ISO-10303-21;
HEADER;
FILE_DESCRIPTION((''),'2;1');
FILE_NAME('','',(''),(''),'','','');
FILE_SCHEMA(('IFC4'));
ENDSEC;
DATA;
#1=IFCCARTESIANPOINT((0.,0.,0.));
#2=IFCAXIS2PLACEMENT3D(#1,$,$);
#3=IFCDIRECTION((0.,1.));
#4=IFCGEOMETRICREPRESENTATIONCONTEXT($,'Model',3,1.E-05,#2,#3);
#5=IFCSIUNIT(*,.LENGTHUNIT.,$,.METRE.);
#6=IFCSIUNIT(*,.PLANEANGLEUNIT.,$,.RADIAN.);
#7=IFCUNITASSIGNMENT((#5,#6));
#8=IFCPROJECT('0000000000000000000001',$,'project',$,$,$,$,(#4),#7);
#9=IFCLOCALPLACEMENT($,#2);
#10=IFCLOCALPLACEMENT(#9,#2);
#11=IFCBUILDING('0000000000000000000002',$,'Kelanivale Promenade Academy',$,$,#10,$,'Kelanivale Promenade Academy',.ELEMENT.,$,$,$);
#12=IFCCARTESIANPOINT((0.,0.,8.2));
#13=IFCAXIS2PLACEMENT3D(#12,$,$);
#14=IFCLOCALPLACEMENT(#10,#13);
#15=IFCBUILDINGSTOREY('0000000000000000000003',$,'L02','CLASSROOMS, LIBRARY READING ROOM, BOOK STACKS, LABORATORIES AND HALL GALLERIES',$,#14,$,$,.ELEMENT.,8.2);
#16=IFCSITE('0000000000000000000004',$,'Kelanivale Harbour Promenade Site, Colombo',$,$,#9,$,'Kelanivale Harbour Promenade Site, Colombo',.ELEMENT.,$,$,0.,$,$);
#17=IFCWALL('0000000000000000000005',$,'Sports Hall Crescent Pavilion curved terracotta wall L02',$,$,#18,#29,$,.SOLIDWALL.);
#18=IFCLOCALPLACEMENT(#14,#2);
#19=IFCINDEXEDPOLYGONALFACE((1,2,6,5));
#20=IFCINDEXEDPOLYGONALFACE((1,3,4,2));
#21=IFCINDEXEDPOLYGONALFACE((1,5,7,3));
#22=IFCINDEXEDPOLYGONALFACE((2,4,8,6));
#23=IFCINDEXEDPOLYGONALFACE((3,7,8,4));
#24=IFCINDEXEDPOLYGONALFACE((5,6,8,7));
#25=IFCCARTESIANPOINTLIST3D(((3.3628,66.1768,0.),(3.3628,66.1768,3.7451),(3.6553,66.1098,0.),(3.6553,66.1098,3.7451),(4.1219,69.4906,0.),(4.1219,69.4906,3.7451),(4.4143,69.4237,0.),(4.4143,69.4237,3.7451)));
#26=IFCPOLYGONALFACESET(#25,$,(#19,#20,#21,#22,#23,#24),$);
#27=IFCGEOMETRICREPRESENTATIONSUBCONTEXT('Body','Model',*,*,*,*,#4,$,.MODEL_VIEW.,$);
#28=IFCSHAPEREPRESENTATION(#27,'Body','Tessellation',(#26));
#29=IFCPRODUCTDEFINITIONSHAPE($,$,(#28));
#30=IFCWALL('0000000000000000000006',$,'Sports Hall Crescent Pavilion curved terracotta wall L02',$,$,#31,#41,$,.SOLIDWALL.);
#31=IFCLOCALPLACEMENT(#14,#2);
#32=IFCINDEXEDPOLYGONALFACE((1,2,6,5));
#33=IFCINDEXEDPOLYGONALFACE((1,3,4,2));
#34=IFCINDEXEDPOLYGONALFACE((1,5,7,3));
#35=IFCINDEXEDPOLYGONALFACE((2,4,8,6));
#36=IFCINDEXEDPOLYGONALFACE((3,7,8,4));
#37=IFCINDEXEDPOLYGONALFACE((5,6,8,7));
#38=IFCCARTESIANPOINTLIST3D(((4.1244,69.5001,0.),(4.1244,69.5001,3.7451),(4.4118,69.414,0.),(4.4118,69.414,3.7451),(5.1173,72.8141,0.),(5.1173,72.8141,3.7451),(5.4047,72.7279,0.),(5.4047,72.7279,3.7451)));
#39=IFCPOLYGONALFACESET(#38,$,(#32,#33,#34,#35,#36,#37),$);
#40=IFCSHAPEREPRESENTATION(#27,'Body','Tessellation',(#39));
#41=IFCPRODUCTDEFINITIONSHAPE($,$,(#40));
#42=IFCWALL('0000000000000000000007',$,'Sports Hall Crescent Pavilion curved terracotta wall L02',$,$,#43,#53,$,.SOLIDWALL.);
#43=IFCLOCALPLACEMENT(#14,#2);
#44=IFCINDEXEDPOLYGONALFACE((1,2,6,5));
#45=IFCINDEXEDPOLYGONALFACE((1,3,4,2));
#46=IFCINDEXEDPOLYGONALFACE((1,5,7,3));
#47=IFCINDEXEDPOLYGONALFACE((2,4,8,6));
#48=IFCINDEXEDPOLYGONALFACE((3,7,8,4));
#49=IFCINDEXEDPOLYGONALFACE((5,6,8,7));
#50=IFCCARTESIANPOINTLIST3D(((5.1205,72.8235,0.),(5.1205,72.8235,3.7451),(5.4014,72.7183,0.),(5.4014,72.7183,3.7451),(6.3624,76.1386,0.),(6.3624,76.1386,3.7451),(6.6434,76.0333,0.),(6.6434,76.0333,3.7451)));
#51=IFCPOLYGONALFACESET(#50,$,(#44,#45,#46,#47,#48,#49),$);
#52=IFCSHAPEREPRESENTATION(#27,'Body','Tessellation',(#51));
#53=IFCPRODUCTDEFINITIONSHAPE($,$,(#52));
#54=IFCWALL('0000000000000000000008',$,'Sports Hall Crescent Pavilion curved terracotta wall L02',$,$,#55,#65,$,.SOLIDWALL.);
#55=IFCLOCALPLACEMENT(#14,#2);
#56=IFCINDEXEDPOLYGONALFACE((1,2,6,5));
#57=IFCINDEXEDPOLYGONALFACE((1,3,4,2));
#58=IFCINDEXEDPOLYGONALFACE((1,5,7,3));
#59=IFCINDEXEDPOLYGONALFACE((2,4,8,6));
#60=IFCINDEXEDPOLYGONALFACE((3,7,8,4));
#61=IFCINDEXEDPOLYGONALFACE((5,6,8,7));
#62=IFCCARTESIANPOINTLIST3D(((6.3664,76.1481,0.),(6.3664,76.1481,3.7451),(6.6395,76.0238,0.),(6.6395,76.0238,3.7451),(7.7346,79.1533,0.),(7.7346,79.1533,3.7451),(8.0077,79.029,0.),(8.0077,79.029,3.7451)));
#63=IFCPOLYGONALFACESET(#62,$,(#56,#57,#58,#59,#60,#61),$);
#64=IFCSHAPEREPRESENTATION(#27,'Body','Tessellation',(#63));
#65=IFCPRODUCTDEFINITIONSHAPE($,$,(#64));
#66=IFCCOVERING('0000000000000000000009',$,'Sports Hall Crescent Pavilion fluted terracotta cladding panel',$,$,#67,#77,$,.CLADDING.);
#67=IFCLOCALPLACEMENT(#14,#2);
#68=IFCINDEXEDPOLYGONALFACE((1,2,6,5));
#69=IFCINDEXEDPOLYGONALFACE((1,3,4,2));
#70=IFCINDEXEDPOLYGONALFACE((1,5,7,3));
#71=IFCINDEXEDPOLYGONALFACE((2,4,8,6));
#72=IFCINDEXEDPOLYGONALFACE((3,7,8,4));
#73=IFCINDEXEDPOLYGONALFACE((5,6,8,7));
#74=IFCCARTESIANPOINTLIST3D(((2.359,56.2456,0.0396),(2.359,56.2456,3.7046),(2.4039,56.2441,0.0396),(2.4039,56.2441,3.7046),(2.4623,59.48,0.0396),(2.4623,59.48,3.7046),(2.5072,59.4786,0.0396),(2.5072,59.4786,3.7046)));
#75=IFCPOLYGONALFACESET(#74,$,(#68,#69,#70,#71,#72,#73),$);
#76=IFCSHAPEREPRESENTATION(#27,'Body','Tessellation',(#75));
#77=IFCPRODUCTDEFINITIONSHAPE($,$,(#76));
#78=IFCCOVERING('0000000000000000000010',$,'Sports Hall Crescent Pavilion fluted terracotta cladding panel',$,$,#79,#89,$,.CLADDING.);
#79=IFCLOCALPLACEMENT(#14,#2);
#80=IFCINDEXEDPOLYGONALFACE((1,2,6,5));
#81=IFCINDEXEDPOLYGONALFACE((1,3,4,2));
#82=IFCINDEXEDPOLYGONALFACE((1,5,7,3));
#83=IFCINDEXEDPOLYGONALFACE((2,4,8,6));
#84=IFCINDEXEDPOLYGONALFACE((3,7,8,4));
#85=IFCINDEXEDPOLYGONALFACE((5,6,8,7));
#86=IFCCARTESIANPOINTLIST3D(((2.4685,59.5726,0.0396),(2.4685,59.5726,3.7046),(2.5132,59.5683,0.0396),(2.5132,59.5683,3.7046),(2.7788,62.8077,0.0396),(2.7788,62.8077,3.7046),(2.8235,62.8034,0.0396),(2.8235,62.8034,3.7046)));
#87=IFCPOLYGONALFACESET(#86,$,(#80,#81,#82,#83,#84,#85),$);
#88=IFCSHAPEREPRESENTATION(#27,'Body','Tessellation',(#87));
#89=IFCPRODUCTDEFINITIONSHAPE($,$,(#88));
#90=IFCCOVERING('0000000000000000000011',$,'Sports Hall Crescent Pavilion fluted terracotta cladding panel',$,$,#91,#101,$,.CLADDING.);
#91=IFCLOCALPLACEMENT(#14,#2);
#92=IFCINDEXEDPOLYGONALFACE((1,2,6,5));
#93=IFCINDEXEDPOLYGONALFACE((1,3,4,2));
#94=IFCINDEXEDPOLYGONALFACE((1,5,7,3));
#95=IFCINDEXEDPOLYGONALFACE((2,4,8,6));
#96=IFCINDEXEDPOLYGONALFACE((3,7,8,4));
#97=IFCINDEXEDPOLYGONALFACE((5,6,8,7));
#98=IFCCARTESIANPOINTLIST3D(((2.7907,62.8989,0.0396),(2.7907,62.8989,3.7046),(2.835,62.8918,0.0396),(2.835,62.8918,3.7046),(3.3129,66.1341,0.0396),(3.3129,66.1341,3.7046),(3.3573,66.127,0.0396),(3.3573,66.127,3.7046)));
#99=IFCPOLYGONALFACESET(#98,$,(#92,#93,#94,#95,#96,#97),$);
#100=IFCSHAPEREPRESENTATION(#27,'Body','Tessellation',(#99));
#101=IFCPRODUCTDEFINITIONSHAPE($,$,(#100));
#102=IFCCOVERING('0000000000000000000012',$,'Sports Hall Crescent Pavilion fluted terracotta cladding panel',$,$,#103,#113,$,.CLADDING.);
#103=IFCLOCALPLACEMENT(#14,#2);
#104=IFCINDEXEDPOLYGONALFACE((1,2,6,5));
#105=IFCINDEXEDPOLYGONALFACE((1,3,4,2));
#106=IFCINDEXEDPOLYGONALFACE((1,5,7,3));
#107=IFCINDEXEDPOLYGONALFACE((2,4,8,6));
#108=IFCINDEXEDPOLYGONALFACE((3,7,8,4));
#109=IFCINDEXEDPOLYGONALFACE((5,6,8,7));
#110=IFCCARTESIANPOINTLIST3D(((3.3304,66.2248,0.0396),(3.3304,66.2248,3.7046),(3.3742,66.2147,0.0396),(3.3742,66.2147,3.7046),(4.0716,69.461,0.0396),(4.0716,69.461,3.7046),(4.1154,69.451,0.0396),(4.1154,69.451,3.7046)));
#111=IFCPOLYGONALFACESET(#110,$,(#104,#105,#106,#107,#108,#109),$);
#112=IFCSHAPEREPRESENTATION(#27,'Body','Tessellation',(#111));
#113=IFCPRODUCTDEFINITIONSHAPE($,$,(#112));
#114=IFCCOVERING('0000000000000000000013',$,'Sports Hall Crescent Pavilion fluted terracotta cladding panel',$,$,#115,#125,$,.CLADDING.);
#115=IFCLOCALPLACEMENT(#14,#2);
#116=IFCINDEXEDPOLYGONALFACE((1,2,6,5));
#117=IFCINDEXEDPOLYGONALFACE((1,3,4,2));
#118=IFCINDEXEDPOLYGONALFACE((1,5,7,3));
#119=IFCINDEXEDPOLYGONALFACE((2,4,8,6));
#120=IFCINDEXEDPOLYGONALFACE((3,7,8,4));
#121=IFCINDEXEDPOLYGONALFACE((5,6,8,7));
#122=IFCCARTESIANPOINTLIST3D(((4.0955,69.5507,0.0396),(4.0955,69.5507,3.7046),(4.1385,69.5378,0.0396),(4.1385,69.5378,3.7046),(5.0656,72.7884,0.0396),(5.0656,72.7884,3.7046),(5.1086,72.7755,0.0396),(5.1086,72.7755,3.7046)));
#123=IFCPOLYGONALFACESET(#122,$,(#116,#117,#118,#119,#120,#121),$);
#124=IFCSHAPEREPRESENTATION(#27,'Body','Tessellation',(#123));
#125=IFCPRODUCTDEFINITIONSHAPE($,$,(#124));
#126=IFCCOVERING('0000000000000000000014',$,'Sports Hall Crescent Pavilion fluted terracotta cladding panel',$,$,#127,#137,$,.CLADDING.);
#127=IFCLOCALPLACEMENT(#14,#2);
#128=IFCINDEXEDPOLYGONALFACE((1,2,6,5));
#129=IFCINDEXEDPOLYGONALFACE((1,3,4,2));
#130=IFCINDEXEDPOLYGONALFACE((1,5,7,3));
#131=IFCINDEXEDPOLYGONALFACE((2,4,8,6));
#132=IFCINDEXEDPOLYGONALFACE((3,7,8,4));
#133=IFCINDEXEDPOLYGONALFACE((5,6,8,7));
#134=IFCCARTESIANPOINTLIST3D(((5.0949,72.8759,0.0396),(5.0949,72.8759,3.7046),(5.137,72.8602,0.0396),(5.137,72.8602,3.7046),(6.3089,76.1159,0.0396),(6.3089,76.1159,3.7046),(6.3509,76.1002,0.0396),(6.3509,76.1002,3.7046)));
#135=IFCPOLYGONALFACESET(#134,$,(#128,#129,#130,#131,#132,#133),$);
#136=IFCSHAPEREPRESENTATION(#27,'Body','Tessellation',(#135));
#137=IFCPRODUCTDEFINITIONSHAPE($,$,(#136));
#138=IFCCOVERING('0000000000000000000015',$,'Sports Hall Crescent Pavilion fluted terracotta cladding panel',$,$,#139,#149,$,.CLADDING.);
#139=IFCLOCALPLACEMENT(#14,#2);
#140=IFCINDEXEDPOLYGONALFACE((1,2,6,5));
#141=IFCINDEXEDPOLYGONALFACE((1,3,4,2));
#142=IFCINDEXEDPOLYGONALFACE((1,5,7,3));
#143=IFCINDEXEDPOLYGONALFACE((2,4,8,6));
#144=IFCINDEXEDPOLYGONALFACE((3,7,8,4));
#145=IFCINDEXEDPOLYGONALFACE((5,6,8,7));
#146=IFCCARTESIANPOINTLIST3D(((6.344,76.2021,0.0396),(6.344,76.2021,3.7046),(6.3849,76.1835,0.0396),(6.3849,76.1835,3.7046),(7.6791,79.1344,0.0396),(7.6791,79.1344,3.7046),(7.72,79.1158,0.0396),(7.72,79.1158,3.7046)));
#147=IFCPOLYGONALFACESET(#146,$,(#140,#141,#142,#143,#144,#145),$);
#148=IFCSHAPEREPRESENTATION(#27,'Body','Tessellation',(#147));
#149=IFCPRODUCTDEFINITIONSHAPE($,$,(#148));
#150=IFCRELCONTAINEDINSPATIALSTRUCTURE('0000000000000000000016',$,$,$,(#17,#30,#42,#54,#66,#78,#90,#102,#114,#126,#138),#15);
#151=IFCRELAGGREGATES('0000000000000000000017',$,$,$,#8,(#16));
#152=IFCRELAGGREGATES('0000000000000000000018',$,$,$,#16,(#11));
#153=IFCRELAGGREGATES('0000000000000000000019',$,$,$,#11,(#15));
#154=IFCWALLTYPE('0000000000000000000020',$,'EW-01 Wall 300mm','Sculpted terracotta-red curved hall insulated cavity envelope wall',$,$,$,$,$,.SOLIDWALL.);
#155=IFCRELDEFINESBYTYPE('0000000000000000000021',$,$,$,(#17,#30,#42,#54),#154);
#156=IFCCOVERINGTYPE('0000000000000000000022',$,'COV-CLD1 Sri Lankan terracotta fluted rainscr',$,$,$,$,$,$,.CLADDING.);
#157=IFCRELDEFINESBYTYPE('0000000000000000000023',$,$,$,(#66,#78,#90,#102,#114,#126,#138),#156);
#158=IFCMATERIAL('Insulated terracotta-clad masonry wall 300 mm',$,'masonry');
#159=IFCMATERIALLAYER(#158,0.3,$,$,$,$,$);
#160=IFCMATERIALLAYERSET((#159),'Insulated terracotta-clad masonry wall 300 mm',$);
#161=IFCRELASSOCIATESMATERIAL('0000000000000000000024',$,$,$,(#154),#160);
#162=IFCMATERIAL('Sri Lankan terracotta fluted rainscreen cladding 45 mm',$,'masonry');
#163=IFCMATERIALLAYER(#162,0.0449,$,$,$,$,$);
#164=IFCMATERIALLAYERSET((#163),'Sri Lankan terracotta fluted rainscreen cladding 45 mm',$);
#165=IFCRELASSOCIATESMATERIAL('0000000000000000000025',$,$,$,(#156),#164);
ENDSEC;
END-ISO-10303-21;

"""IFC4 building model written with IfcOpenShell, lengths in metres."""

from ifc_helpers import new_model, si_unit, direction, frame, frame_2d, origin, origin_2d, place, context, subcontext, project, spatial, rectangle, extrude, material, layer, layer_set, type_object, element, save


model = new_model("IFC4")

# Units and contexts
model_context = context("Model", 3, precision=1e-05, world=origin(), true_north=direction((0.0, 1.0)))
body_context = subcontext(model_context, "Body", "Model", "MODEL_VIEW")
ifc_project = project(units=[si_unit("LENGTHUNIT", "METRE"), si_unit("PLANEANGLEUNIT", "RADIAN")], contexts=[model_context])

# Site, building, storey
site_placement = place(None, origin())
site = spatial("IfcSite", under=ifc_project, at=site_placement, Name="Kelanivale Harbour Promenade Site, Colombo", LongName="Kelanivale Harbour Promenade Site, Colombo", CompositionType="ELEMENT", RefElevation=0.0)
building_placement = place(site_placement, origin())
building = spatial("IfcBuilding", under=site, at=building_placement, Name="Kelanivale Promenade Academy", LongName="Kelanivale Promenade Academy", CompositionType="ELEMENT")
storey_placement = place(building_placement, frame((0.0, 0.0, 8.2)))
storey = spatial("IfcBuildingStorey", under=building, at=storey_placement, Name="L02", Description="CLASSROOMS, LIBRARY READING ROOM, BOOK STACKS, LABORATORIES AND HALL GALLERIES", CompositionType="ELEMENT", Elevation=8.2)

# Walls
ifc_material_1 = material(Name="Insulated terracotta-clad masonry wall 300 mm", Category="masonry")
ifc_layer_1 = layer(ifc_material_1, 0.3)
ifc_layer_set_1 = layer_set([ifc_layer_1], Name="Insulated terracotta-clad masonry wall 300 mm")
wall_type = type_object("IfcWallType", Name="EW-01 Wall 300mm", Description="Sculpted terracotta-red curved hall insulated cavity envelope wall", PredefinedType="SOLIDWALL", material=ifc_layer_set_1)
wall_1_placement = place(storey_placement, frame((4.2681, 69.457, 0.0), z_axis=(0.0, 0.0, 1.0), x_axis=(-0.22326, -0.974759, 0.0)))
element("IfcWall", 1, at=wall_1_placement, inside=storey, type_object=wall_type, Name="Sports Hall Crescent Pavilion curved terracotta wall L02", PredefinedType="SOLIDWALL", context=body_context, shape_type="SweptSolid", body=[
    extrude(rectangle(XDim=3.3997, YDim=0.3, at=frame_2d((1.6997, 0.0))), origin(), (0.0, 0.0, 1.0), 3.7451),
])
wall_2_placement = place(storey_placement, frame((5.261, 72.771, 0.0), z_axis=(0.0, 0.0, 1.0), x_axis=(-0.287011, -0.957927, 0.0)))
element("IfcWall", 2, at=wall_2_placement, inside=storey, type_object=wall_type, Name="Sports Hall Crescent Pavilion curved terracotta wall L02", PredefinedType="SOLIDWALL", context=body_context, shape_type="SweptSolid", body=[
    extrude(rectangle(XDim=3.4595, YDim=0.3, at=frame_2d((1.7297, 0.0))), origin(), (0.0, 0.0, 1.0), 3.7451),
])
wall_3_placement = place(storey_placement, frame((6.5029, 76.0859, 0.0), z_axis=(0.0, 0.0, 1.0), x_axis=(-0.350836, -0.936437, 0.0)))
element("IfcWall", 3, at=wall_3_placement, inside=storey, type_object=wall_type, Name="Sports Hall Crescent Pavilion curved terracotta wall L02", PredefinedType="SOLIDWALL", context=body_context, shape_type="SweptSolid", body=[
    extrude(rectangle(XDim=3.54, YDim=0.3, at=frame_2d((1.77, 0.0))), origin(), (0.0, 0.0, 1.0), 3.7451),
])
wall_4_placement = place(storey_placement, frame((7.8711, 79.0911, 0.0), z_axis=(0.0, 0.0, 1.0), x_axis=(-0.414354, -0.910116, 0.0)))
element("IfcWall", 4, at=wall_4_placement, inside=storey, type_object=wall_type, Name="Sports Hall Crescent Pavilion curved terracotta wall L02", PredefinedType="SOLIDWALL", context=body_context, shape_type="SweptSolid", body=[
    extrude(rectangle(XDim=3.302, YDim=0.3, at=frame_2d((1.6509, 0.0))), origin(), (0.0, 0.0, 1.0), 3.7451),
])

# Coverings
ifc_material_2 = material(Name="Sri Lankan terracotta fluted rainscreen cladding 45 mm", Category="masonry")
ifc_layer_2 = layer(ifc_material_2, 0.0449)
ifc_layer_set_2 = layer_set([ifc_layer_2], Name="Sri Lankan terracotta fluted rainscreen cladding 45 mm")
covering_type = type_object("IfcCoveringType", Name="COV-CLD1 Sri Lankan terracotta fluted rainscr", PredefinedType="CLADDING", material=ifc_layer_set_2)
covering_1_placement = place(storey_placement, frame((2.4331, 57.8621, 0.0396), z_axis=(0.0, 0.0, 1.0), x_axis=(-0.031934, -0.99949, 0.0)))
element("IfcCovering", 5, at=covering_1_placement, inside=storey, type_object=covering_type, Name="Sports Hall Crescent Pavilion fluted terracotta cladding panel", PredefinedType="CLADDING", context=body_context, shape_type="SweptSolid", body=[
    extrude(rectangle(XDim=3.2361, YDim=0.0449, at=origin_2d()), origin(), (0.0, 0.0, 1.0), 3.665),
])
covering_2_placement = place(storey_placement, frame((2.646, 61.188, 0.0396), z_axis=(0.0, 0.0, 1.0), x_axis=(-0.095498, -0.99543, 0.0)))
element("IfcCovering", 6, at=covering_2_placement, inside=storey, type_object=covering_type, Name="Sports Hall Crescent Pavilion fluted terracotta cladding panel", PredefinedType="CLADDING", context=body_context, shape_type="SweptSolid", body=[
    extrude(rectangle(XDim=3.25, YDim=0.0449, at=origin_2d()), origin(), (0.0, 0.0, 1.0), 3.665),
])
covering_3_placement = place(storey_placement, frame((3.074, 64.5129, 0.0396), z_axis=(0.0, 0.0, 1.0), x_axis=(-0.159364, -0.98722, 0.0)))
element("IfcCovering", 7, at=covering_3_placement, inside=storey, type_object=covering_type, Name="Sports Hall Crescent Pavilion fluted terracotta cladding panel", PredefinedType="CLADDING", context=body_context, shape_type="SweptSolid", body=[
    extrude(rectangle(XDim=3.2771, YDim=0.0449, at=origin_2d()), origin(), (0.0, 0.0, 1.0), 3.665),
])
covering_4_placement = place(storey_placement, frame((3.7229, 67.8379, 0.0396), z_axis=(0.0, 0.0, 1.0), x_axis=(-0.22325, -0.974761, 0.0)))
element("IfcCovering", 8, at=covering_4_placement, inside=storey, type_object=covering_type, Name="Sports Hall Crescent Pavilion fluted terracotta cladding panel", PredefinedType="CLADDING", context=body_context, shape_type="SweptSolid", body=[
    extrude(rectangle(XDim=3.3201, YDim=0.0449, at=origin_2d()), origin(), (0.0, 0.0, 1.0), 3.665),
])
covering_5_placement = place(storey_placement, frame((4.6021, 71.1631, 0.0396), z_axis=(0.0, 0.0, 1.0), x_axis=(-0.287026, -0.957923, 0.0)))
element("IfcCovering", 9, at=covering_5_placement, inside=storey, type_object=covering_type, Name="Sports Hall Crescent Pavilion fluted terracotta cladding panel", PredefinedType="CLADDING", context=body_context, shape_type="SweptSolid", body=[
    extrude(rectangle(XDim=3.3799, YDim=0.0449, at=origin_2d()), origin(), (0.0, 0.0, 1.0), 3.665),
])
covering_6_placement = place(storey_placement, frame((5.7229, 74.488, 0.0396), z_axis=(0.0, 0.0, 1.0), x_axis=(-0.350861, -0.936427, 0.0)))
element("IfcCovering", 10, at=covering_6_placement, inside=storey, type_object=covering_type, Name="Sports Hall Crescent Pavilion fluted terracotta cladding panel", PredefinedType="CLADDING", context=body_context, shape_type="SweptSolid", body=[
    extrude(rectangle(XDim=3.46, YDim=0.0449, at=origin_2d()), origin(), (0.0, 0.0, 1.0), 3.665),
])
covering_7_placement = place(storey_placement, frame((7.032, 77.6589, 0.0396), z_axis=(0.0, 0.0, 1.0), x_axis=(-0.414376, -0.910106, 0.0)))
element("IfcCovering", 11, at=covering_7_placement, inside=storey, type_object=covering_type, Name="Sports Hall Crescent Pavilion fluted terracotta cladding panel", PredefinedType="CLADDING", context=body_context, shape_type="SweptSolid", body=[
    extrude(rectangle(XDim=3.2219, YDim=0.0449, at=origin_2d()), origin(), (0.0, 0.0, 1.0), 3.665),
])

save(model, "model.ifc")
